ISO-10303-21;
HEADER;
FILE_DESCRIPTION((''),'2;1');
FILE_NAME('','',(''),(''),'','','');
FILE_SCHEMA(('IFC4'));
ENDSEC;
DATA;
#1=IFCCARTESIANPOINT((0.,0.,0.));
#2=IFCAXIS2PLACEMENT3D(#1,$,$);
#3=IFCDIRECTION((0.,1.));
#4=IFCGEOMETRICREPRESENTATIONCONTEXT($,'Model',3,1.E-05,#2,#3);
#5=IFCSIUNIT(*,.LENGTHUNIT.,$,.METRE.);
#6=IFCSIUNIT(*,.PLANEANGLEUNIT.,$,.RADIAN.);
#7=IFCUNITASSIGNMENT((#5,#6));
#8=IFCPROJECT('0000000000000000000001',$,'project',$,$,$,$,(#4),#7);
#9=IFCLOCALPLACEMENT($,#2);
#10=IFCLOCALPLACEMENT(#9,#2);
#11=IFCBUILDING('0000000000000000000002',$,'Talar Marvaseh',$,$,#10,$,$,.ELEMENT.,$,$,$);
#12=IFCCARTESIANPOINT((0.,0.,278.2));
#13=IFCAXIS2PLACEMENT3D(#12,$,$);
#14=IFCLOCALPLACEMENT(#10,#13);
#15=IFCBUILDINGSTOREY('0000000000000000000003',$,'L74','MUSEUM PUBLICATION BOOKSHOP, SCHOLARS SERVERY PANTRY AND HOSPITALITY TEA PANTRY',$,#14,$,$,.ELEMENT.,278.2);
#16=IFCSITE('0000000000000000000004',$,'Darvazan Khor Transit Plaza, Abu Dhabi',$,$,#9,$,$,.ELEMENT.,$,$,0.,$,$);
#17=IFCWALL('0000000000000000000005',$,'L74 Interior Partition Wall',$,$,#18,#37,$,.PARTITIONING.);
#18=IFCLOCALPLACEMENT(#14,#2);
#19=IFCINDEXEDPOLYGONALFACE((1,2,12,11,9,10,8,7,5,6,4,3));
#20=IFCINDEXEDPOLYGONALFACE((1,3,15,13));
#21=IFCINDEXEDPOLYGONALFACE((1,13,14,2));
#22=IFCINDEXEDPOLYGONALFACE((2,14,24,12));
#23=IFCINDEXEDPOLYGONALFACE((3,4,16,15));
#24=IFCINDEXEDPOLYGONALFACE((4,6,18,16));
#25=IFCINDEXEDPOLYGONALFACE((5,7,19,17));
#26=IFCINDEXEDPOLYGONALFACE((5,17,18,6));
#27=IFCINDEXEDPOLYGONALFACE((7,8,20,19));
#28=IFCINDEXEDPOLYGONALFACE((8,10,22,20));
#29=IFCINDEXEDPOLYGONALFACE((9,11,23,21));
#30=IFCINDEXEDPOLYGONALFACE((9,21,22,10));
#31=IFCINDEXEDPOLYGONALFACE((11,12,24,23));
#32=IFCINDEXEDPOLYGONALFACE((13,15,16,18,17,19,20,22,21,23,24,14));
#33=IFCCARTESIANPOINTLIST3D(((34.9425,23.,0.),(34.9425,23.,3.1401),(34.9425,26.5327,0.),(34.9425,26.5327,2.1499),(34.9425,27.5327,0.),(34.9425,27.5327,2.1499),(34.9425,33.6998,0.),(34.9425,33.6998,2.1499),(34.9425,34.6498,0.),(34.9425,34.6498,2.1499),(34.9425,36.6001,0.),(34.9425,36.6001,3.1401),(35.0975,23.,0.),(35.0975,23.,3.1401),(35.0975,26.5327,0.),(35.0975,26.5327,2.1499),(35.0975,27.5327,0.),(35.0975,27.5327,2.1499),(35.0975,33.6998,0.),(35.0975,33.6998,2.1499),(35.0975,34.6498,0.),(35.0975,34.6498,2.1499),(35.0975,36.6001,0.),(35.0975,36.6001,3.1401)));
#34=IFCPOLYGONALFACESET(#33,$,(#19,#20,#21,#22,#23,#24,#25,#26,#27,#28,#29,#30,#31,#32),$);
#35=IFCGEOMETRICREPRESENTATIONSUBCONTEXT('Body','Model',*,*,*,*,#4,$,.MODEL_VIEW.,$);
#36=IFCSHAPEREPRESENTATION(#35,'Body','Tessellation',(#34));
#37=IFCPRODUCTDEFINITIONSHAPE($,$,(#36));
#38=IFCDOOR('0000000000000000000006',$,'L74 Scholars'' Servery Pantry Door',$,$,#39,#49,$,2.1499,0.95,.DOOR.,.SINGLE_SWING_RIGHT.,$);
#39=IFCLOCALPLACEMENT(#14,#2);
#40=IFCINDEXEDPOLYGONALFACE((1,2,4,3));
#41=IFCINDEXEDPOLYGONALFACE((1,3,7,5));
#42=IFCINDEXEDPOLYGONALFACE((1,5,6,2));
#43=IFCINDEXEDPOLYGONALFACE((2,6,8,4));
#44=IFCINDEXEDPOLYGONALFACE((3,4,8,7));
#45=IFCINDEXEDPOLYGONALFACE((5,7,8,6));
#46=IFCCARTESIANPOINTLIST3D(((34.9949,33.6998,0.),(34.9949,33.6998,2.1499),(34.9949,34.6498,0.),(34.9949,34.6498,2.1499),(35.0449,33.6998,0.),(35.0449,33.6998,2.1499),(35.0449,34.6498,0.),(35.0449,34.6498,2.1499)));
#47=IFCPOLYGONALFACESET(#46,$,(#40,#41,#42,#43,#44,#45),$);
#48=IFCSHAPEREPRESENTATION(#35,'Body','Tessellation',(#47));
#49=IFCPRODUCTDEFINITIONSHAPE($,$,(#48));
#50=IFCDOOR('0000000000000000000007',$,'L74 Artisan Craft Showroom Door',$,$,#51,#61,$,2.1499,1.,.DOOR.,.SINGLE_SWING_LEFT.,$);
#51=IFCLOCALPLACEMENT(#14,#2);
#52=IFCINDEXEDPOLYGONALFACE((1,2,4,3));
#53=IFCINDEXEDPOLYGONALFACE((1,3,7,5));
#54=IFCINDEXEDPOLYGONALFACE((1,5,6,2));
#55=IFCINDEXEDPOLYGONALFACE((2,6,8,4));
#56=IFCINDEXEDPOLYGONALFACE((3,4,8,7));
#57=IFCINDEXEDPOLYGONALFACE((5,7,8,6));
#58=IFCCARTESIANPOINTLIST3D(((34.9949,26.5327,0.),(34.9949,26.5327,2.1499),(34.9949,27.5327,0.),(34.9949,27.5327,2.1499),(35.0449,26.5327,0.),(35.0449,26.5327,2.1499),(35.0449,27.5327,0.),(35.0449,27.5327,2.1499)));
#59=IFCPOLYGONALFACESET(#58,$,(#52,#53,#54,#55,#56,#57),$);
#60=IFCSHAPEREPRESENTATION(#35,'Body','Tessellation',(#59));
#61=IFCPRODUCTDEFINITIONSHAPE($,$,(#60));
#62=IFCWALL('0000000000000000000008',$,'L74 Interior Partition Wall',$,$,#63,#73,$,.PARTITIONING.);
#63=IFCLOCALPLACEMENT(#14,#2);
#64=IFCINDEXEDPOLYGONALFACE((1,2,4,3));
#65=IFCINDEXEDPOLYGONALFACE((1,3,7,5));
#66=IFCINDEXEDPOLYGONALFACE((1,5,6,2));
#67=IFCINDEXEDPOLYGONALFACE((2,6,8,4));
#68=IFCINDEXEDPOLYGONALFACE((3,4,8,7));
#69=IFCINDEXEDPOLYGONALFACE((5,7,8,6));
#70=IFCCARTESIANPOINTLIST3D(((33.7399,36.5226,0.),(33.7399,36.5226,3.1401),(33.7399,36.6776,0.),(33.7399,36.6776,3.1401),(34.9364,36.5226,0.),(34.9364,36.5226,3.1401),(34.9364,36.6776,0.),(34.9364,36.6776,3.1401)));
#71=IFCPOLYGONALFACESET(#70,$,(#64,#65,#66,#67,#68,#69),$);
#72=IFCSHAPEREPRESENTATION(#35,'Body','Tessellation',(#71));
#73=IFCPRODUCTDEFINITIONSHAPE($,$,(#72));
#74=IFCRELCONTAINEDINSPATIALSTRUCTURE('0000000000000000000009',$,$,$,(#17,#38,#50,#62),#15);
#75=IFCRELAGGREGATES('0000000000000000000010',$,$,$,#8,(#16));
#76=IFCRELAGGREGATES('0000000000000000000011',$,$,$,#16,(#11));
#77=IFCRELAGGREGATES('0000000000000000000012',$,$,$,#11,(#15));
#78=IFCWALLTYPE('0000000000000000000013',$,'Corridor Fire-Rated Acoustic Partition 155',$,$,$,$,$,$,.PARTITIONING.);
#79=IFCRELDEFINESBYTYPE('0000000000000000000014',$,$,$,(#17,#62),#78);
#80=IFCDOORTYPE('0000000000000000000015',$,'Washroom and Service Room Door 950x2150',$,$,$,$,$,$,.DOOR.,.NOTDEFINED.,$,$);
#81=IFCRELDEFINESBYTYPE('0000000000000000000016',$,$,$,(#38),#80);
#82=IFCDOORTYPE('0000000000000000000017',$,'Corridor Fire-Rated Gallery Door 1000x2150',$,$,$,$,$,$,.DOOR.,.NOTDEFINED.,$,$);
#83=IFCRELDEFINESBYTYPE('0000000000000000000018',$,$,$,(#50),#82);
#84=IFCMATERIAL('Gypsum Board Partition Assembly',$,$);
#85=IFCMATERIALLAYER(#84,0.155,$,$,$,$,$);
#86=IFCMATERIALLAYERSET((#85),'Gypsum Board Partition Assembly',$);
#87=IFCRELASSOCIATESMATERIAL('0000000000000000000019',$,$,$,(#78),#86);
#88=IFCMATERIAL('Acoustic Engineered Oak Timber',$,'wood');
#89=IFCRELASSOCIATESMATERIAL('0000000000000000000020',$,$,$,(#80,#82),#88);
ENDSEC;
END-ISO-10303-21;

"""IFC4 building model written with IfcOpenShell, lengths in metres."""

from ifc_helpers import new_model, si_unit, direction, frame, frame_2d, origin, place, context, subcontext, project, spatial, rectangle, extrude, source, transform, mapped, material, layer, layer_set, type_object, type_shapes, element, fill, save


model = new_model("IFC4")

# Units and contexts
model_context = context("Model", 3, precision=1e-05, world=origin(), true_north=direction((0.0, 1.0)))
body_context = subcontext(model_context, "Body", "Model", "MODEL_VIEW")
ifc_project = project(units=[si_unit("LENGTHUNIT", "METRE"), si_unit("PLANEANGLEUNIT", "RADIAN")], contexts=[model_context])

# Site, building, storey
site_placement = place(None, origin())
site = spatial("IfcSite", under=ifc_project, at=site_placement, Name="Darvazan Khor Transit Plaza, Abu Dhabi", CompositionType="ELEMENT", RefElevation=0.0)
building_placement = place(site_placement, origin())
building = spatial("IfcBuilding", under=site, at=building_placement, Name="Talar Marvaseh", CompositionType="ELEMENT")
storey_placement = place(building_placement, frame((0.0, 0.0, 278.2)))
storey = spatial("IfcBuildingStorey", under=building, at=storey_placement, Name="L74", Description="MUSEUM PUBLICATION BOOKSHOP, SCHOLARS SERVERY PANTRY AND HOSPITALITY TEA PANTRY", CompositionType="ELEMENT", Elevation=278.2)

# Wall, openings, doors
ifc_material_1 = material(Name="Gypsum Board Partition Assembly")
ifc_layer_1 = layer(ifc_material_1, 0.155)
ifc_layer_set_1 = layer_set([ifc_layer_1], Name="Gypsum Board Partition Assembly")
wall_type_1 = type_object("IfcWallType", Name="Corridor Fire-Rated Acoustic Partition 155", PredefinedType="PARTITIONING", material=ifc_layer_set_1)
wall_1_placement = place(storey_placement, frame((35.02, 36.6001, 0.0), z_axis=(0.0, 0.0, 1.0), x_axis=(0.0, -1.0, 0.0)))
wall_1 = element("IfcWall", 1, at=wall_1_placement, inside=storey, type_object=wall_type_1, Name="L74 Interior Partition Wall", PredefinedType="PARTITIONING", context=body_context, shape_type="SweptSolid", body=[
    extrude(rectangle(XDim=13.6001, YDim=0.155, at=frame_2d((6.8, 0.0))), origin(), (0.0, 0.0, 1.0), 3.1401),
])
opening_1_placement = place(wall_1_placement, frame((9.0674, 0.0, 0.0)))
opening_1 = element("IfcOpeningElement", 2, at=opening_1_placement, cuts=wall_1, PredefinedType="OPENING", context=body_context, shape_type="SweptSolid", body=[
    extrude(rectangle(XDim=1.0, YDim=2.1499, at=frame_2d((0.5, 1.075))), frame((0.0, 0.0874, 0.0), z_axis=(0.0, -1.0, 0.0), x_axis=(1.0, 0.0, 0.0)), (0.0, 0.0, 1.0), 0.175),
])
opening_2_placement = place(wall_1_placement, frame((1.9502, 0.0, 0.0)))
opening_2 = element("IfcOpeningElement", 3, at=opening_2_placement, cuts=wall_1, PredefinedType="OPENING", context=body_context, shape_type="SweptSolid", body=[
    extrude(rectangle(XDim=0.95, YDim=2.1499, at=frame_2d((0.4751, 1.075))), frame((0.0, 0.0874, 0.0), z_axis=(0.0, -1.0, 0.0), x_axis=(1.0, 0.0, 0.0)), (0.0, 0.0, 1.0), 0.175),
])
ifc_material_2 = material(Name="Acoustic Engineered Oak Timber", Category="wood")
door_type_1 = type_object("IfcDoorType", Name="Washroom and Service Room Door 950x2150", OperationType="NOTDEFINED", PredefinedType="DOOR", material=ifc_material_2)
shared_shape_1 = source(origin(), body_context, "Body", "SweptSolid", [
    extrude(rectangle(XDim=0.95, YDim=2.1499, at=frame_2d((0.4751, 1.075))), frame((0.0, 0.0249, 0.0), z_axis=(0.0, -1.0, 0.0), x_axis=(1.0, 0.0, 0.0)), (0.0, 0.0, 1.0), 0.05),
])
type_shapes(door_type_1, [shared_shape_1])
door_1_placement = place(opening_2_placement, origin())
door_1 = element("IfcDoor", 4, at=door_1_placement, inside=storey, type_object=door_type_1, Name="L74 Scholars' Servery Pantry Door", OperationType="SINGLE_SWING_RIGHT", OverallHeight=2.1499, OverallWidth=0.95, PredefinedType="DOOR", context=body_context, shape_type="MappedRepresentation", body=[
    mapped(shared_shape_1, transform((0.0, 0.0, 0.0), x_axis=(1.0, 0.0, 0.0), y_axis=(0.0, 1.0, 0.0), z_axis=(0.0, 0.0, 1.0), scale=1.0)),
])
fill(opening_2, door_1)
door_type_2 = type_object("IfcDoorType", Name="Corridor Fire-Rated Gallery Door 1000x2150", OperationType="NOTDEFINED", PredefinedType="DOOR", material=ifc_material_2)
shared_shape_2 = source(origin(), body_context, "Body", "SweptSolid", [
    extrude(rectangle(XDim=1.0, YDim=2.1499, at=frame_2d((0.5, 1.075))), frame((0.0, 0.0249, 0.0), z_axis=(0.0, -1.0, 0.0), x_axis=(1.0, 0.0, 0.0)), (0.0, 0.0, 1.0), 0.05),
])
type_shapes(door_type_2, [shared_shape_2])
door_2_placement = place(opening_1_placement, origin())
door_2 = element("IfcDoor", 5, at=door_2_placement, inside=storey, type_object=door_type_2, Name="L74 Artisan Craft Showroom Door", OperationType="SINGLE_SWING_LEFT", OverallHeight=2.1499, OverallWidth=1.0, PredefinedType="DOOR", context=body_context, shape_type="MappedRepresentation", body=[
    mapped(shared_shape_2, transform((0.0, 0.0, 0.0), x_axis=(1.0, 0.0, 0.0), y_axis=(0.0, 1.0, 0.0), z_axis=(0.0, 0.0, 1.0), scale=1.0)),
])
fill(opening_1, door_2)

# Wall
wall_2_placement = place(storey_placement, frame((33.74, 36.6001, 0.0), z_axis=(0.0, 0.0, 1.0), x_axis=(1.0, 0.0, 0.0)))
element("IfcWall", 6, at=wall_2_placement, inside=storey, type_object=wall_type_1, Name="L74 Interior Partition Wall", PredefinedType="PARTITIONING", context=body_context, shape_type="SweptSolid", body=[
    extrude(rectangle(XDim=1.1965, YDim=0.155, at=frame_2d((0.5981, 0.0))), origin(), (0.0, 0.0, 1.0), 3.1401),
])

save(model, "model.ifc")
